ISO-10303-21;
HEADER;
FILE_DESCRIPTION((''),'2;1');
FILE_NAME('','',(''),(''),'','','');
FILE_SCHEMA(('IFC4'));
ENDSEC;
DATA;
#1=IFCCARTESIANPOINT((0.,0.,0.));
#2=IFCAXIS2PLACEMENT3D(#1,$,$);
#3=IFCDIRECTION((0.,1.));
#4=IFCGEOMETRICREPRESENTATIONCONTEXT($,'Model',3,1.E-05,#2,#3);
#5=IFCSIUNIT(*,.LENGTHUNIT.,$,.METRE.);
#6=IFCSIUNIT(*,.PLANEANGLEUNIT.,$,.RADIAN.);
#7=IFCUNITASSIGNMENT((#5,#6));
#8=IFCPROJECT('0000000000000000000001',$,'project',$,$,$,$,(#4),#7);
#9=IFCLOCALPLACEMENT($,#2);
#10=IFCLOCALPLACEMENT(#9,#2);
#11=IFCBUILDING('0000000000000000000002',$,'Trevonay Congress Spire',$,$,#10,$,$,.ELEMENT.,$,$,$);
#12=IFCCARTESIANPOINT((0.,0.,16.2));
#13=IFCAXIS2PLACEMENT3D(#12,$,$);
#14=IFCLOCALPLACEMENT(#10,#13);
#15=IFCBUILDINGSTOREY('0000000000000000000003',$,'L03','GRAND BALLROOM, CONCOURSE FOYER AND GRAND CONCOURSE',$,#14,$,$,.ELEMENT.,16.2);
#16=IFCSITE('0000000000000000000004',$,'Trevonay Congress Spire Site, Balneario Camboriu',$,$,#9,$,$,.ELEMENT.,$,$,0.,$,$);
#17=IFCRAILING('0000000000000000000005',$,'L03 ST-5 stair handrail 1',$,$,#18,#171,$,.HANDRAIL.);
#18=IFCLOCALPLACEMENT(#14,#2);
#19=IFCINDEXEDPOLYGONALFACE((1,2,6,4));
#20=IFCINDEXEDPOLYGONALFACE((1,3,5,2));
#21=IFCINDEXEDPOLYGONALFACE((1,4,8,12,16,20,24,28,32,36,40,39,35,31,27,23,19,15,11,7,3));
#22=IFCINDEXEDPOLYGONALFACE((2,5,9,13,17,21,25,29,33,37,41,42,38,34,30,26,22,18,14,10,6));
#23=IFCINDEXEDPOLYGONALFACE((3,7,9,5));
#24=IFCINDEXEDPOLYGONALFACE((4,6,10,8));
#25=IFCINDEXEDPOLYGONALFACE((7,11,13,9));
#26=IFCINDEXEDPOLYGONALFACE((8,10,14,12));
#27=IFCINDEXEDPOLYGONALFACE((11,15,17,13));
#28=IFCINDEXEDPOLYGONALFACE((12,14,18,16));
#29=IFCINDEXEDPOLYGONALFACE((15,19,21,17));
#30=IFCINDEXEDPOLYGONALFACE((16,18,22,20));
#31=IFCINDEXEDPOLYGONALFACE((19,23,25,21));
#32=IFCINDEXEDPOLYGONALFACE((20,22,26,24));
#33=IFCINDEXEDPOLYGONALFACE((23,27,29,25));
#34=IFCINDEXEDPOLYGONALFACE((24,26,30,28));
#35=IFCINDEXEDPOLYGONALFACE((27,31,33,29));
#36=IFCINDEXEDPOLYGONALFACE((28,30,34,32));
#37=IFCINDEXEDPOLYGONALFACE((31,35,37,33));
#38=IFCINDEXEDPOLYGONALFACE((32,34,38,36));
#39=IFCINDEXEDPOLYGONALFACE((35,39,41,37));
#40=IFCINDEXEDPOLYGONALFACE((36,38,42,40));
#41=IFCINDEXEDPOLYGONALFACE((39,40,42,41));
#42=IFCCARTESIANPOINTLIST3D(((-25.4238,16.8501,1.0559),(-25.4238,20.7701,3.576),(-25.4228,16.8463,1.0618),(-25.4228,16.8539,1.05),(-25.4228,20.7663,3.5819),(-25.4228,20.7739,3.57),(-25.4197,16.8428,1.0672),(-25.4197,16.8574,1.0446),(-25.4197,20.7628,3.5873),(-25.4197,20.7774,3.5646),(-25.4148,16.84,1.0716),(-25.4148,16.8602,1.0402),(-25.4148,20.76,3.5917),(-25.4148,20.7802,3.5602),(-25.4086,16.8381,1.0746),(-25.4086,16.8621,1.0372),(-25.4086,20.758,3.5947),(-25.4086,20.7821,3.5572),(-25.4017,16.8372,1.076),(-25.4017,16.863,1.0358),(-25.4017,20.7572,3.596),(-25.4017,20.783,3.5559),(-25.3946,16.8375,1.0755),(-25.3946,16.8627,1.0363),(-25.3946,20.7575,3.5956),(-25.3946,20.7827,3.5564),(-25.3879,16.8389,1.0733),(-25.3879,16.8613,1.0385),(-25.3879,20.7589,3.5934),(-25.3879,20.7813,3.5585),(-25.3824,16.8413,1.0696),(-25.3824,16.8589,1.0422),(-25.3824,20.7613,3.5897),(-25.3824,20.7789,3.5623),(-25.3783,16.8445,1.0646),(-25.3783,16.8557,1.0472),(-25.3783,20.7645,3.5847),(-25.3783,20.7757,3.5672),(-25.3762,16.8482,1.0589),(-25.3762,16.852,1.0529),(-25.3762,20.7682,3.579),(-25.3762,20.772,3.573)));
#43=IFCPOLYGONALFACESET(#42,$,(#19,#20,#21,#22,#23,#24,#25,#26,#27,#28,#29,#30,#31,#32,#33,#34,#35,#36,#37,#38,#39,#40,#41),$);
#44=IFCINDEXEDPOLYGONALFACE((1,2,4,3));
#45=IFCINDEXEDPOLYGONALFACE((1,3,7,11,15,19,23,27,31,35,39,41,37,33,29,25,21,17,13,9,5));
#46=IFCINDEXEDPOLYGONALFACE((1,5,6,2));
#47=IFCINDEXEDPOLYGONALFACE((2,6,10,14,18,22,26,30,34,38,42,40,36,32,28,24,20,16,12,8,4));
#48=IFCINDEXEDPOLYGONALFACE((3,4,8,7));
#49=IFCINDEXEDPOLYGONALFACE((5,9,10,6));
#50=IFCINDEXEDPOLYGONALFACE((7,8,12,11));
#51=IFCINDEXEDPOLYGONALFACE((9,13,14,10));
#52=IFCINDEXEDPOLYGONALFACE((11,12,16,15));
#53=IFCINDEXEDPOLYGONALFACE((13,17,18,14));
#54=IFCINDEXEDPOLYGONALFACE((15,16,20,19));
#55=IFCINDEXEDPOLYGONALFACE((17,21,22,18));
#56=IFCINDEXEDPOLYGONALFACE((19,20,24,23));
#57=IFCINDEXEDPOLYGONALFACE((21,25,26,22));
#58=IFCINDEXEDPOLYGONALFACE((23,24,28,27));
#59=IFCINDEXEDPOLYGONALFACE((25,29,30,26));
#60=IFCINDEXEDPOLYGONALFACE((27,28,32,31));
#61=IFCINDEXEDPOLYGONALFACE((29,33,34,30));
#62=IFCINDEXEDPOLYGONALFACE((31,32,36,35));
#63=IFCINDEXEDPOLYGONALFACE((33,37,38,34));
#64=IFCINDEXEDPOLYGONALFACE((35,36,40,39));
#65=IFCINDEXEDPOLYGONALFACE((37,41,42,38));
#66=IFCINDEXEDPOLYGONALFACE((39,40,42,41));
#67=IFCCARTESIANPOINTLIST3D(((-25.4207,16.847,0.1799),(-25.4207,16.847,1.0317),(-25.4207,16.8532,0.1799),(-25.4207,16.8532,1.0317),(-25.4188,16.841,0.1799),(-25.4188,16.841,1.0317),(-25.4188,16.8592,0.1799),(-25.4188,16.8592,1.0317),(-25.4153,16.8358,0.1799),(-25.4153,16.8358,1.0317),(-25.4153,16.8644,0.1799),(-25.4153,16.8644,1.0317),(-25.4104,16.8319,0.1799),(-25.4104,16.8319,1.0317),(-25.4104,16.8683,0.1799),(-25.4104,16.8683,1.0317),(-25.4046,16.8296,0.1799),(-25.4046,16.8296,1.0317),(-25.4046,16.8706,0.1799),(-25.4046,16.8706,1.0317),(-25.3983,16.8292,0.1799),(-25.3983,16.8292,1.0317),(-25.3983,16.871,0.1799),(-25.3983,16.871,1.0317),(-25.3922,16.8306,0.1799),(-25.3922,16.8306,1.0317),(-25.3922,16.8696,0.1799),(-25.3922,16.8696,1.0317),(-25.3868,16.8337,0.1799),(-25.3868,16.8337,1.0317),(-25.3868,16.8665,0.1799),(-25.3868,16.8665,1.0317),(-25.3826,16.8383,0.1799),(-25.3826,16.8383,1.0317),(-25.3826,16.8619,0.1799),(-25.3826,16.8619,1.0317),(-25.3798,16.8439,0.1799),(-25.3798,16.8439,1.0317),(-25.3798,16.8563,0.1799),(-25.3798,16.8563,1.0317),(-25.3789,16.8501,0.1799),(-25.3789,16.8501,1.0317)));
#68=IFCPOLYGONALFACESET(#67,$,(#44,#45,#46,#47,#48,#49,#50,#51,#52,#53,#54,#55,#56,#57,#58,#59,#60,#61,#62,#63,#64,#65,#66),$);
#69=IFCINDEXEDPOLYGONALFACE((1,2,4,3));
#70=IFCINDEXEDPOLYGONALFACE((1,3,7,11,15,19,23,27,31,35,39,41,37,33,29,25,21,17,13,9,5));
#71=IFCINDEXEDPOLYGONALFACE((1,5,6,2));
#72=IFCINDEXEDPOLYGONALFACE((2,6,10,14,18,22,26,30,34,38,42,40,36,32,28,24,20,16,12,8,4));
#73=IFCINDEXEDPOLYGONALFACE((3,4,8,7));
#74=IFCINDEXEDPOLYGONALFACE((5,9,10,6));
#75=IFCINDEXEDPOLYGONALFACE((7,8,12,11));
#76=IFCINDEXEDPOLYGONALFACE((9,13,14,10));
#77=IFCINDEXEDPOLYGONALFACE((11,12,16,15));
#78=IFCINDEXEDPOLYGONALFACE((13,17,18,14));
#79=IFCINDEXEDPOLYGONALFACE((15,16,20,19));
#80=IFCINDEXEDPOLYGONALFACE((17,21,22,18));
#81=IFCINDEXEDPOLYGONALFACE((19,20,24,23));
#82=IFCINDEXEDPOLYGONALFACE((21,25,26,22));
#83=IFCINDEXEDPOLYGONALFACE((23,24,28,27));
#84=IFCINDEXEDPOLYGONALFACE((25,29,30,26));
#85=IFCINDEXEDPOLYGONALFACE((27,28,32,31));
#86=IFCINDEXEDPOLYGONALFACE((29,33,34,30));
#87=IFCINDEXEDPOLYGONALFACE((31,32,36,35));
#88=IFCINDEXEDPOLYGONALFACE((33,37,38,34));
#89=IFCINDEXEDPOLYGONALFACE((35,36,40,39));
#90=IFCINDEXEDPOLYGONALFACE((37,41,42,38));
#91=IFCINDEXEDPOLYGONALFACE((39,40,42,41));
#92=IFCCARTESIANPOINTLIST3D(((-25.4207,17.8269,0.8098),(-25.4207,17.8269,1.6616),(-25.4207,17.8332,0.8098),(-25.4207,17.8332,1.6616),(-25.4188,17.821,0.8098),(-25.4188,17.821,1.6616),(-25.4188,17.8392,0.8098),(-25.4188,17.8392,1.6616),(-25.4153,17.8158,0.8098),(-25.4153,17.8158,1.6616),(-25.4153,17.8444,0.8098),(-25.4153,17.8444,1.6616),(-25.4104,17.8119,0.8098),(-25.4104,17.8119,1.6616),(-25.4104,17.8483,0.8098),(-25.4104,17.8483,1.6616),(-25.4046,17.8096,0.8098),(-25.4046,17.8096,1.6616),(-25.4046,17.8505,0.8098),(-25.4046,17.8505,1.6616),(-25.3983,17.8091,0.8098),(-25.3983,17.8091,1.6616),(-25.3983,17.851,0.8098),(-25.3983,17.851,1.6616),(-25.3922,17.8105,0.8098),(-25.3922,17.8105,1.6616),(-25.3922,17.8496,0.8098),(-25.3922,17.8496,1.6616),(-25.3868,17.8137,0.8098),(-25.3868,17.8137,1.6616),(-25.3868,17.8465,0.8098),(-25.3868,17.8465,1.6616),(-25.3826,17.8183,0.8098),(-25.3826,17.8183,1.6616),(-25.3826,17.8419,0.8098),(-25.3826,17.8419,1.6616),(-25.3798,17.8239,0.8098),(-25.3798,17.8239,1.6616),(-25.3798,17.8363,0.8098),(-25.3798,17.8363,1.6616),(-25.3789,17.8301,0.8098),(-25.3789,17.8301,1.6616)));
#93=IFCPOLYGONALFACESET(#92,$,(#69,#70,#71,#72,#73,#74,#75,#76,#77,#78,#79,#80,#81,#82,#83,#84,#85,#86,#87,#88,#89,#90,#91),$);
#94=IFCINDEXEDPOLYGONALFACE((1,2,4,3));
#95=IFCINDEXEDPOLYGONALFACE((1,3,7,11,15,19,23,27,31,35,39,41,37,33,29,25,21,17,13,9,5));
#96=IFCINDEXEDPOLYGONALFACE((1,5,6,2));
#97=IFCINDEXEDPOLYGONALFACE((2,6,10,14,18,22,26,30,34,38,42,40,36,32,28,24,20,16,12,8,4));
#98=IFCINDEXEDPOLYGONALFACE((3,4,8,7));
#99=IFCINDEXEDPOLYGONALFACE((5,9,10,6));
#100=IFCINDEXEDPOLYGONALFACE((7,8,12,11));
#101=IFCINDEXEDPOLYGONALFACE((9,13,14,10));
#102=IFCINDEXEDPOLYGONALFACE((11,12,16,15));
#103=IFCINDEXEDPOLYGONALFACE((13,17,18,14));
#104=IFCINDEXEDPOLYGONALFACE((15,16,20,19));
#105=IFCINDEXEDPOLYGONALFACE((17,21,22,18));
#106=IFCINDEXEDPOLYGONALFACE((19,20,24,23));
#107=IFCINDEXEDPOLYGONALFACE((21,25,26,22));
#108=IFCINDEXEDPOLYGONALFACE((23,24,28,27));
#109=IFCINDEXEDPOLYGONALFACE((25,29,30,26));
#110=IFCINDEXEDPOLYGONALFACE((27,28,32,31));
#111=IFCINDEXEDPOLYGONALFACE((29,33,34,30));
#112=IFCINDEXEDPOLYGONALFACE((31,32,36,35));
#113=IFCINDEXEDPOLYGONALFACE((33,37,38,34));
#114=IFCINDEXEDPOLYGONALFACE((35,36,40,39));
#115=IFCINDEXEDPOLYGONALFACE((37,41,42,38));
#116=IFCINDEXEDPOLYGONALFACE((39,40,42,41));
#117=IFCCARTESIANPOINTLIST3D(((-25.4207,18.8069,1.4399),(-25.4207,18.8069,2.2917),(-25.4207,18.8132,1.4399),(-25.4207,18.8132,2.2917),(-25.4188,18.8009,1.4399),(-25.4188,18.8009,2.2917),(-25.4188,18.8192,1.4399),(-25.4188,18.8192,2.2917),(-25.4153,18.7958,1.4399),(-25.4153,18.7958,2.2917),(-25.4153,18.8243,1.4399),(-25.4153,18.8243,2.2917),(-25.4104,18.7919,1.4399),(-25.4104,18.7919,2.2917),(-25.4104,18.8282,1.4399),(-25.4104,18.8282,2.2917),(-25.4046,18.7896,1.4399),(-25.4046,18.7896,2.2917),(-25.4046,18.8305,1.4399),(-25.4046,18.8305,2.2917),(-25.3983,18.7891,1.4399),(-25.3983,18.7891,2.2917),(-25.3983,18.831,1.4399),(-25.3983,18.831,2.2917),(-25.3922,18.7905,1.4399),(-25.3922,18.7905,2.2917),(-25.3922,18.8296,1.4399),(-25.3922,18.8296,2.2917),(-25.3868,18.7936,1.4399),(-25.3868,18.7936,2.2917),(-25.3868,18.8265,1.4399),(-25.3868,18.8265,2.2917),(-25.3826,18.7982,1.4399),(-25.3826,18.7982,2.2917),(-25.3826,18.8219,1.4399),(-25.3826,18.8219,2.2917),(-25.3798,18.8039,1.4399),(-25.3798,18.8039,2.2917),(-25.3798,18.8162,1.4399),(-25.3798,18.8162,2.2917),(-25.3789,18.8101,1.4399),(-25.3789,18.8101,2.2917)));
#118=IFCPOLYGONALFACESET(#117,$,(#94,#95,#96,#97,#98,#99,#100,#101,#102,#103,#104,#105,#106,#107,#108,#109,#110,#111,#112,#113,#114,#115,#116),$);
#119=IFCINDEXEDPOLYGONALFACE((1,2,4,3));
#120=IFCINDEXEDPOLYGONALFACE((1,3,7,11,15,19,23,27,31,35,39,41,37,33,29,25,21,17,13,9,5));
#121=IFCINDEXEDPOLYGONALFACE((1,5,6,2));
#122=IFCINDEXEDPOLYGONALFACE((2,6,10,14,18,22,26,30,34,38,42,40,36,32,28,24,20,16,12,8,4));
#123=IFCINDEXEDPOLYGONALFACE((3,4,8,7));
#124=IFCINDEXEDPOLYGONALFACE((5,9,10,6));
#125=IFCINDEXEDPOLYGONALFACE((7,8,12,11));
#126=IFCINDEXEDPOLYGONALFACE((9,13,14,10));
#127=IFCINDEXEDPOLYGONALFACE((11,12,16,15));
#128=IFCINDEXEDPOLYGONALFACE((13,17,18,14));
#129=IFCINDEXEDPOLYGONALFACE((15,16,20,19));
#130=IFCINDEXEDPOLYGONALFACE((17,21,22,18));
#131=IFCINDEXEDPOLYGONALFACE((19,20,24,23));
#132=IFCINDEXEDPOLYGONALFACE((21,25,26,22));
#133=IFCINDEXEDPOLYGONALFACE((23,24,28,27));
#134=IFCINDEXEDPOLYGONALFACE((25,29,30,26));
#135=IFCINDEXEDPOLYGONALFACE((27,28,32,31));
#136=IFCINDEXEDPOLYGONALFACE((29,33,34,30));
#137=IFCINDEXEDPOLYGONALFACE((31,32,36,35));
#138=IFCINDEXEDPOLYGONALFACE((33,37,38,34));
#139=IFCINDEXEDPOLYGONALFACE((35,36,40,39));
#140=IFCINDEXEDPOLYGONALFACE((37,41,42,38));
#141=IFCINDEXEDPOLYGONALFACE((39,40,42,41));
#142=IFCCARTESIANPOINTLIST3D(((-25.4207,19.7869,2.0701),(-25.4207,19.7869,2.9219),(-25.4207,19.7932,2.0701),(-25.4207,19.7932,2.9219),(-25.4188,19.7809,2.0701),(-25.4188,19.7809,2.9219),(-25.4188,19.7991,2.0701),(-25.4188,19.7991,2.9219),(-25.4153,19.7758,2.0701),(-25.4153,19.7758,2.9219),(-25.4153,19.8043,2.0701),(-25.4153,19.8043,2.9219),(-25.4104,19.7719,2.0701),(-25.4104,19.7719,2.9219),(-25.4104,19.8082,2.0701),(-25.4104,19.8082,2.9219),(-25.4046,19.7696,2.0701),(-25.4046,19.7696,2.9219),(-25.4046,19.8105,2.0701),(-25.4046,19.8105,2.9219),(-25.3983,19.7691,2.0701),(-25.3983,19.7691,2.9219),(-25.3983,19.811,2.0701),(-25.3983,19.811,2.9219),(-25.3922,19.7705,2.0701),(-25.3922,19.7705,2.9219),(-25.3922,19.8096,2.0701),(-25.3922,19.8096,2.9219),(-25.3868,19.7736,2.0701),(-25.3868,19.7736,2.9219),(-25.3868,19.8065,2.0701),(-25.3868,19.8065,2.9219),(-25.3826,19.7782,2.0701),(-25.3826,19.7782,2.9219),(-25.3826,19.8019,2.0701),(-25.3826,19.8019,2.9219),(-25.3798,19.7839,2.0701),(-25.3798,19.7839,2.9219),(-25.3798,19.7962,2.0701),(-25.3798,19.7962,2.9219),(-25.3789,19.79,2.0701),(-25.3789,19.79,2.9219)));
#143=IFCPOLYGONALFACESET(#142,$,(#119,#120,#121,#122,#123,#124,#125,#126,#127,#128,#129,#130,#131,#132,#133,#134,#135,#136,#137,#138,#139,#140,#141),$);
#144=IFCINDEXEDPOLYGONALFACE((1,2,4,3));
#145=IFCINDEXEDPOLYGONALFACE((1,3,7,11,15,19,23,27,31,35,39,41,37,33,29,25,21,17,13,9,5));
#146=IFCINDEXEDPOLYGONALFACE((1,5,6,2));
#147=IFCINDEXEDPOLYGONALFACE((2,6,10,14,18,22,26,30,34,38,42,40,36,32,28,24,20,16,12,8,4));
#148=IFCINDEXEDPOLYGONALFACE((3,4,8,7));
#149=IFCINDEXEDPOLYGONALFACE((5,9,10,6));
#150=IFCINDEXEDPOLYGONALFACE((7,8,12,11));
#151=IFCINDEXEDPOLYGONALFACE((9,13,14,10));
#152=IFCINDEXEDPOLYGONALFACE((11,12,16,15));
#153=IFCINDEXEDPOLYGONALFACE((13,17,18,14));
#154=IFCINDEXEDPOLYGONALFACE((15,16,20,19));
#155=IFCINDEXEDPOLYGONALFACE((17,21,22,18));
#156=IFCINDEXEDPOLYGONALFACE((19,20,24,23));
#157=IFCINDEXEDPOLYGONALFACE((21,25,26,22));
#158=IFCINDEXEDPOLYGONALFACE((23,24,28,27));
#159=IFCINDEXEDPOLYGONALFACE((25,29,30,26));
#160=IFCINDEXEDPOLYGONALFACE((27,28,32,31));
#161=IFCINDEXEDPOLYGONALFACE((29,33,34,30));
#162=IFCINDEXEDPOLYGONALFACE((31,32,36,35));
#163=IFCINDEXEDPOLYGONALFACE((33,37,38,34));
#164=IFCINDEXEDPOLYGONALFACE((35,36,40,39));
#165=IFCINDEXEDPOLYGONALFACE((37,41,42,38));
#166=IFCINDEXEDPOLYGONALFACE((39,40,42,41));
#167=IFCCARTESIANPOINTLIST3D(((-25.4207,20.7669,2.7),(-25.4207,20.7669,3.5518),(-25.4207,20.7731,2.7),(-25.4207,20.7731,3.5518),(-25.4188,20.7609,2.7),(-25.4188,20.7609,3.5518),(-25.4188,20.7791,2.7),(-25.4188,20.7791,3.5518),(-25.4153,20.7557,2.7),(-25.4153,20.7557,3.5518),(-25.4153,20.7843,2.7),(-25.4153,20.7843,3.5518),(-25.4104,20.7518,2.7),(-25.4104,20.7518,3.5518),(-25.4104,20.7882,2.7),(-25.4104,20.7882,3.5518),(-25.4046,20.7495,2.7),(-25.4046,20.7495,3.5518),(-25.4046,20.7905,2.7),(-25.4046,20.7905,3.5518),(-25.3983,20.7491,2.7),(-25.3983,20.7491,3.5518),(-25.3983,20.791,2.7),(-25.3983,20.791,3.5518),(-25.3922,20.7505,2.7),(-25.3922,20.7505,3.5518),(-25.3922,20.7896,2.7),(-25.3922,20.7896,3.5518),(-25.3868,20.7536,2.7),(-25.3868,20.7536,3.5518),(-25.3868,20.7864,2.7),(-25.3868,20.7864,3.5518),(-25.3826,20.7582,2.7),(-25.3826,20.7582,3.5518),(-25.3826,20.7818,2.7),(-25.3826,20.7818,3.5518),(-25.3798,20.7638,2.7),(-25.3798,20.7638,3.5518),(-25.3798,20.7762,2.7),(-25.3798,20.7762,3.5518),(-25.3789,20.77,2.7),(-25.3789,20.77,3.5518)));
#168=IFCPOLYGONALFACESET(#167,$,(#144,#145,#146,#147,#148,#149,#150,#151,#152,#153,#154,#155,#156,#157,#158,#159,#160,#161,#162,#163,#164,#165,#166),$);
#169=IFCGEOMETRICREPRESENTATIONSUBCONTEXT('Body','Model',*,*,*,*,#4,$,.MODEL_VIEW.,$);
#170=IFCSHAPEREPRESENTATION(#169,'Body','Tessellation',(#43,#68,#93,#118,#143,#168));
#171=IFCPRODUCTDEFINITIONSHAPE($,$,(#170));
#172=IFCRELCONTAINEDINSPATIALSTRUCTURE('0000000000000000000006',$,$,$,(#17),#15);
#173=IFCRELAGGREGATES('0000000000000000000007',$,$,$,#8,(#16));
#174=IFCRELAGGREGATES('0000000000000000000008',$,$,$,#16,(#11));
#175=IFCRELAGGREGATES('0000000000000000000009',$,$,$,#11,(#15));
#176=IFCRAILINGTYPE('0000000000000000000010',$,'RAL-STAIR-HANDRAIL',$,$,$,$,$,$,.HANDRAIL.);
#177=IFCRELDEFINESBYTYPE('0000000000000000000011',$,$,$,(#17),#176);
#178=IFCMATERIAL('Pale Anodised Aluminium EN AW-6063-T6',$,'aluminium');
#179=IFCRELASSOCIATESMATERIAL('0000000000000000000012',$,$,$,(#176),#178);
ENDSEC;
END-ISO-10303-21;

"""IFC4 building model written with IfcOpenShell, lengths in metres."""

from ifc_helpers import new_model, si_unit, direction, frame, origin, origin_2d, place, context, subcontext, project, spatial, circle, extrude, material, type_object, element, save


model = new_model("IFC4")

# Units and contexts
model_context = context("Model", 3, precision=1e-05, world=origin(), true_north=direction((0.0, 1.0)))
body_context = subcontext(model_context, "Body", "Model", "MODEL_VIEW")
ifc_project = project(units=[si_unit("LENGTHUNIT", "METRE"), si_unit("PLANEANGLEUNIT", "RADIAN")], contexts=[model_context])

# Site, building, storey
site_placement = place(None, origin())
site = spatial("IfcSite", under=ifc_project, at=site_placement, Name="Trevonay Congress Spire Site, Balneario Camboriu", CompositionType="ELEMENT", RefElevation=0.0)
building_placement = place(site_placement, origin())
building = spatial("IfcBuilding", under=site, at=building_placement, Name="Trevonay Congress Spire", CompositionType="ELEMENT")
storey_placement = place(building_placement, frame((0.0, 0.0, 16.2)))
storey = spatial("IfcBuildingStorey", under=building, at=storey_placement, Name="L03", Description="GRAND BALLROOM, CONCOURSE FOYER AND GRAND CONCOURSE", CompositionType="ELEMENT", Elevation=16.2)

# Shared definitions
ifc_material_1 = material(Name="Pale Anodised Aluminium EN AW-6063-T6", Category="aluminium")

# Railing
railing_type_1 = type_object("IfcRailingType", Name="RAL-STAIR-HANDRAIL", PredefinedType="HANDRAIL", material=ifc_material_1)
railing_1_placement = place(storey_placement, frame((-25.3999, 16.8501, 0.1799)))
element("IfcRailing", 1, at=railing_1_placement, inside=storey, type_object=railing_type_1, Name="L03 ST-5 stair handrail 1", PredefinedType="HANDRAIL", context=body_context, shape_type="SweptSolid", body=[
    extrude(circle(Radius=0.0239, at=origin_2d()), frame((0.0, 0.0, 0.876), z_axis=(0.0, 0.841172, 0.540768), x_axis=(-1.0, 0.0, 0.0)), (0.0, 0.0, 1.0), 4.6602),
    extrude(circle(Radius=0.021, at=origin_2d()), origin(), (0.0, 0.0, 1.0), 0.8518),
    extrude(circle(Radius=0.021, at=origin_2d()), frame((0.0, 0.98, 0.6299)), (0.0, 0.0, 1.0), 0.8518),
    extrude(circle(Radius=0.021, at=origin_2d()), frame((0.0, 1.96, 1.26)), (0.0, 0.0, 1.0), 0.8518),
    extrude(circle(Radius=0.021, at=origin_2d()), frame((0.0, 2.9399, 1.8901)), (0.0, 0.0, 1.0), 0.8518),
    extrude(circle(Radius=0.021, at=origin_2d()), frame((0.0, 3.9199, 2.52)), (0.0, 0.0, 1.0), 0.8518),
])

save(model, "model.ifc")
